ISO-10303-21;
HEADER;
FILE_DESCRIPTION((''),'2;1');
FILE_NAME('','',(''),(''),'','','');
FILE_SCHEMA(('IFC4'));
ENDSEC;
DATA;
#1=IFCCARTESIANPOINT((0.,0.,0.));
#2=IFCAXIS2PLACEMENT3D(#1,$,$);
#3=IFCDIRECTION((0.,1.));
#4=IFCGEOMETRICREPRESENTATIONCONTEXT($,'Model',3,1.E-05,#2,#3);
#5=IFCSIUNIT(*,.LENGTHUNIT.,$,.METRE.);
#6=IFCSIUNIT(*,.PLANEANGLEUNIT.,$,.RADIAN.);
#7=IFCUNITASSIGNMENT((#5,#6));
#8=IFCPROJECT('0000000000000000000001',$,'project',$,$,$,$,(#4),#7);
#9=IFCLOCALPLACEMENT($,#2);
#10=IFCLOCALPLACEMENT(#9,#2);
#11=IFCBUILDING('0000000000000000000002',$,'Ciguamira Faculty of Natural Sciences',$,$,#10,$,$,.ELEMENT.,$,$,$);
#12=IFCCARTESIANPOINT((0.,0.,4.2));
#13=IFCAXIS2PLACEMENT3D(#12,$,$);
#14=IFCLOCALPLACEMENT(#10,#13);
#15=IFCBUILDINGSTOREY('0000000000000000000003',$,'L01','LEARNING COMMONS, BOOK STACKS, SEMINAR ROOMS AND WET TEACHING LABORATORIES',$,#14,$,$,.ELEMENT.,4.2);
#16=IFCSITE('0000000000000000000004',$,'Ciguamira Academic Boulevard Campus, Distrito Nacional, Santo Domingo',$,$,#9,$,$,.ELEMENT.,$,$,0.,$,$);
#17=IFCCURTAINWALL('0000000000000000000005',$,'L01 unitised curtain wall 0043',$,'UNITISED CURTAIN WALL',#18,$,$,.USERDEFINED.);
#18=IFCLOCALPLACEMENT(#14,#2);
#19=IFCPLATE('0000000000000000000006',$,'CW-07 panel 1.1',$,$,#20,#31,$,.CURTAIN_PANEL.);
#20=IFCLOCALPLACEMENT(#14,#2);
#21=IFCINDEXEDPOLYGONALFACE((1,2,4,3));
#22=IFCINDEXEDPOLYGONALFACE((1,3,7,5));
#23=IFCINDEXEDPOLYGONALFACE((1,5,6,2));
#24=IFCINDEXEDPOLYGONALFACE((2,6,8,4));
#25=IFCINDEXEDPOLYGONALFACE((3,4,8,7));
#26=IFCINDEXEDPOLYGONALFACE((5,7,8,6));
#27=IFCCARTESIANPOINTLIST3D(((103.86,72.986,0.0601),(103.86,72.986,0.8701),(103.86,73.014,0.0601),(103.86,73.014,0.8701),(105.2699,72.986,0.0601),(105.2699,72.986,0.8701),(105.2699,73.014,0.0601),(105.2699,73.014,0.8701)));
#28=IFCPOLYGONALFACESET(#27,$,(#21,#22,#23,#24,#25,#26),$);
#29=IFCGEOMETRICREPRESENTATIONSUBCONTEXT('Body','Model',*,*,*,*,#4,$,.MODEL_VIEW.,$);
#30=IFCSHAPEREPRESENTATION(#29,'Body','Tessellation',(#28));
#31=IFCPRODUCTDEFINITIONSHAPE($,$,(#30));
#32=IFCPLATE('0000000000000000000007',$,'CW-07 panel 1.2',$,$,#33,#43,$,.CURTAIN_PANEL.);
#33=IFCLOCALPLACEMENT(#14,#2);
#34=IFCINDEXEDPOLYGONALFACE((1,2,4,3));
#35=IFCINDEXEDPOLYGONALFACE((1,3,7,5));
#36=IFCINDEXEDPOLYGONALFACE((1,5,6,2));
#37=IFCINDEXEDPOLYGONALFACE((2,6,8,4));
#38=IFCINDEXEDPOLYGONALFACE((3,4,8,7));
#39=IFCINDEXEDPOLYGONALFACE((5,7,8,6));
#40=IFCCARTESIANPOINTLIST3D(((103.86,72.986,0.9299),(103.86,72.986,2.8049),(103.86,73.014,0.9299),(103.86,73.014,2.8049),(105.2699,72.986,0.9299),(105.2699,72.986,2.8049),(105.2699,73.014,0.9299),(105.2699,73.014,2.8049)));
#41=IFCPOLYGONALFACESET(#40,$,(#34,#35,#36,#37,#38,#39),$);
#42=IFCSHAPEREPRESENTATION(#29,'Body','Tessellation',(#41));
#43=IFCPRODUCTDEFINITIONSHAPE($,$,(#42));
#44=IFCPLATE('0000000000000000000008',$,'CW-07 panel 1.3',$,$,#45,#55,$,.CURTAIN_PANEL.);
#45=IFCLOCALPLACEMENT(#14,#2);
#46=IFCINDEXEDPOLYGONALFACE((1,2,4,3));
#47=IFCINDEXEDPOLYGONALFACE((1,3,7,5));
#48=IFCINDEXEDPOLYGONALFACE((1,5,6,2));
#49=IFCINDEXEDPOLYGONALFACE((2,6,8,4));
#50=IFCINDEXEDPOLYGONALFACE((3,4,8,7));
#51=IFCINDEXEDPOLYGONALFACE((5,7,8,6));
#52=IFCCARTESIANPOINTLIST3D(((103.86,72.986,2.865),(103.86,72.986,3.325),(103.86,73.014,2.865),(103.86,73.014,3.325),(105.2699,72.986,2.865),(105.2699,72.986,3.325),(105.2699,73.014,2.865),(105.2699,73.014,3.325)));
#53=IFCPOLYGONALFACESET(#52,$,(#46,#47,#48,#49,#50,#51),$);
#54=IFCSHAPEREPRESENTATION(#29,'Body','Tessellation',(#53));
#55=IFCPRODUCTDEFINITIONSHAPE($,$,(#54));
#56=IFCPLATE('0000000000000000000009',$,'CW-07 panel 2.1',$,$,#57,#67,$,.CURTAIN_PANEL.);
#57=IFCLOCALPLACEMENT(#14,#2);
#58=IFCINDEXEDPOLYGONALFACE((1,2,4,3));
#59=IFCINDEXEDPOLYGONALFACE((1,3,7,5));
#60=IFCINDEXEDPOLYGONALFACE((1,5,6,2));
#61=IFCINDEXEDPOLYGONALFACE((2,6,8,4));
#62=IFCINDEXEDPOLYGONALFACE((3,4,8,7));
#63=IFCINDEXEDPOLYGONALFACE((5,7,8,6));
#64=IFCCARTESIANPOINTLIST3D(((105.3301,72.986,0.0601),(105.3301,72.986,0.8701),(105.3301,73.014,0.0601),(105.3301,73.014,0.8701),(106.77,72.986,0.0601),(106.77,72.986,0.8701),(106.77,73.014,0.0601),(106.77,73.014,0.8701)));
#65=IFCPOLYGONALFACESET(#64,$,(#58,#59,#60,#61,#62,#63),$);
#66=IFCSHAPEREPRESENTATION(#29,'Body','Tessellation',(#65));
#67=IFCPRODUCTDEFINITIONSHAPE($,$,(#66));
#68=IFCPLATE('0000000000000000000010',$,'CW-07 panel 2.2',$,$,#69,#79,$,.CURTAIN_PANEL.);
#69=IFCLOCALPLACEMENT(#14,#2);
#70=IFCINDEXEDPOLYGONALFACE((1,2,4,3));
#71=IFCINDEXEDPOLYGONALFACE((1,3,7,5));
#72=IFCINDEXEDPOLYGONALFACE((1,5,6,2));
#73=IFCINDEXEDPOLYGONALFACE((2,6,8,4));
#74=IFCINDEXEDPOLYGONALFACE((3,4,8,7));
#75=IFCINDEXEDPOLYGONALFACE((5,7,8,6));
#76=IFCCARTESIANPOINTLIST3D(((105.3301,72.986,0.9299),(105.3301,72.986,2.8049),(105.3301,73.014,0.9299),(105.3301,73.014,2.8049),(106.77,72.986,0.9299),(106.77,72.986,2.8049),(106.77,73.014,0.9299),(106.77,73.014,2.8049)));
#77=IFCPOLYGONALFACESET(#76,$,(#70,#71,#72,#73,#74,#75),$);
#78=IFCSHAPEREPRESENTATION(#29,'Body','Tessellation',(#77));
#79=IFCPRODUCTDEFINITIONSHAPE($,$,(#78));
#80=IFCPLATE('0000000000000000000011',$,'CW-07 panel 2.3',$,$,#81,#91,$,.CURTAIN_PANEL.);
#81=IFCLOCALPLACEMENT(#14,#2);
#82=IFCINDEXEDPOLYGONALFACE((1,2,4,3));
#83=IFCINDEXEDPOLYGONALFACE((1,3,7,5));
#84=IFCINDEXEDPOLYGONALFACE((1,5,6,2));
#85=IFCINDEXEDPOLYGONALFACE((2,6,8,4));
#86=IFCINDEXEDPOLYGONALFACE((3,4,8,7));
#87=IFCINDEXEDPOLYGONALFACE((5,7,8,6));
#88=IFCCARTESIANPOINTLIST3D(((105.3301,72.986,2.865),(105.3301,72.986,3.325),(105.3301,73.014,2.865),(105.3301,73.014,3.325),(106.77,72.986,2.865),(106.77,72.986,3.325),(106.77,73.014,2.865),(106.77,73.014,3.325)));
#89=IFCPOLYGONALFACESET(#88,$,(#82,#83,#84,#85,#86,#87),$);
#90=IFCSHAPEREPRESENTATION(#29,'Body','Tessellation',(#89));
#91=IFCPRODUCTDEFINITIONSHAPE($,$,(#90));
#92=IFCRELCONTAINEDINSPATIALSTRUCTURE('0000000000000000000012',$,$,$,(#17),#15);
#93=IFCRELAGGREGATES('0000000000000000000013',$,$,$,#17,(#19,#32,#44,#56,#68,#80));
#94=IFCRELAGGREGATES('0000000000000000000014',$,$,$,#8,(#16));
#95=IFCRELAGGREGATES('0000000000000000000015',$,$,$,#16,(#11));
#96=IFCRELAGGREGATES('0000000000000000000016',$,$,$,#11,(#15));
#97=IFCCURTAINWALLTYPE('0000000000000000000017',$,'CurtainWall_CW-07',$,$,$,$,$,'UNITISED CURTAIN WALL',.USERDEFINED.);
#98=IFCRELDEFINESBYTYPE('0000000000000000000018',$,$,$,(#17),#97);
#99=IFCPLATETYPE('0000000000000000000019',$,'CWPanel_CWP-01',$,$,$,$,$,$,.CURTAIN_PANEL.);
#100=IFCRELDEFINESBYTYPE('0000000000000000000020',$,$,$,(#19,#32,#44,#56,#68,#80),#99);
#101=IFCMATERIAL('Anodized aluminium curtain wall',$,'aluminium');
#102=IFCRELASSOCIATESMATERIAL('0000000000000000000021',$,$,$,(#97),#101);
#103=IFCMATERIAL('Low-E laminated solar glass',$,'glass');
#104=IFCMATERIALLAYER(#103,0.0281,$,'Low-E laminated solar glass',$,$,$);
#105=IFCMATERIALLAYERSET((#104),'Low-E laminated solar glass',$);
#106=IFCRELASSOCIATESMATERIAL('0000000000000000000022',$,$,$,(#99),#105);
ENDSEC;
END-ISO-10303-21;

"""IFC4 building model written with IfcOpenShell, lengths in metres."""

from ifc_helpers import new_model, si_unit, direction, frame, origin, origin_2d, place, context, subcontext, project, spatial, rectangle, extrude, material, layer, layer_set, type_object, element, aggregate, save


model = new_model("IFC4")

# Units and contexts
model_context = context("Model", 3, precision=1e-05, world=origin(), true_north=direction((0.0, 1.0)))
body_context = subcontext(model_context, "Body", "Model", "MODEL_VIEW")
ifc_project = project(units=[si_unit("LENGTHUNIT", "METRE"), si_unit("PLANEANGLEUNIT", "RADIAN")], contexts=[model_context])

# Site, building, storey
site_placement = place(None, origin())
site = spatial("IfcSite", under=ifc_project, at=site_placement, Name="Ciguamira Academic Boulevard Campus, Distrito Nacional, Santo Domingo", CompositionType="ELEMENT", RefElevation=0.0)
building_placement = place(site_placement, origin())
building = spatial("IfcBuilding", under=site, at=building_placement, Name="Ciguamira Faculty of Natural Sciences", CompositionType="ELEMENT")
storey_placement = place(building_placement, frame((0.0, 0.0, 4.2)))
storey = spatial("IfcBuildingStorey", under=building, at=storey_placement, Name="L01", Description="LEARNING COMMONS, BOOK STACKS, SEMINAR ROOMS AND WET TEACHING LABORATORIES", CompositionType="ELEMENT", Elevation=4.2)

# Curtain wall
ifc_material_1 = material(Name="Anodized aluminium curtain wall", Category="aluminium")
curtain_wall_type = type_object("IfcCurtainWallType", Name="CurtainWall_CW-07", ElementType="UNITISED CURTAIN WALL", PredefinedType="USERDEFINED", material=ifc_material_1)
curtain_wall_placement = place(storey_placement, origin())
curtain_wall = element("IfcCurtainWall", 1, at=curtain_wall_placement, inside=storey, type_object=curtain_wall_type, Name="L01 unitised curtain wall 0043", ObjectType="UNITISED CURTAIN WALL", PredefinedType="USERDEFINED")

# Plates
ifc_material_2 = material(Name="Low-E laminated solar glass", Category="glass")
ifc_layer = layer(ifc_material_2, 0.0281, Name="Low-E laminated solar glass")
ifc_layer_set = layer_set([ifc_layer], Name="Low-E laminated solar glass")
plate_type = type_object("IfcPlateType", Name="CWPanel_CWP-01", PredefinedType="CURTAIN_PANEL", material=ifc_layer_set)
plate_1_placement = place(storey_placement, frame((104.5649, 73.0, 0.0601), z_axis=(0.0, 0.0, 1.0), x_axis=(1.0, 0.0, 0.0)))
plate_1 = element("IfcPlate", 2, at=plate_1_placement, type_object=plate_type, Name="CW-07 panel 1.1", PredefinedType="CURTAIN_PANEL", context=body_context, shape_type="SweptSolid", body=[
    extrude(rectangle(XDim=1.4099, YDim=0.0281, at=origin_2d()), origin(), (0.0, 0.0, 1.0), 0.8101),
])
plate_2_placement = place(storey_placement, frame((104.5649, 73.0, 0.9299), z_axis=(0.0, 0.0, 1.0), x_axis=(1.0, 0.0, 0.0)))
plate_2 = element("IfcPlate", 3, at=plate_2_placement, type_object=plate_type, Name="CW-07 panel 1.2", PredefinedType="CURTAIN_PANEL", context=body_context, shape_type="SweptSolid", body=[
    extrude(rectangle(XDim=1.4099, YDim=0.0281, at=origin_2d()), origin(), (0.0, 0.0, 1.0), 1.875),
])
plate_3_placement = place(storey_placement, frame((104.5649, 73.0, 2.865), z_axis=(0.0, 0.0, 1.0), x_axis=(1.0, 0.0, 0.0)))
plate_3 = element("IfcPlate", 4, at=plate_3_placement, type_object=plate_type, Name="CW-07 panel 1.3", PredefinedType="CURTAIN_PANEL", context=body_context, shape_type="SweptSolid", body=[
    extrude(rectangle(XDim=1.4099, YDim=0.0281, at=origin_2d()), origin(), (0.0, 0.0, 1.0), 0.46),
])
plate_4_placement = place(storey_placement, frame((106.05, 73.0, 0.0601), z_axis=(0.0, 0.0, 1.0), x_axis=(1.0, 0.0, 0.0)))
plate_4 = element("IfcPlate", 5, at=plate_4_placement, type_object=plate_type, Name="CW-07 panel 2.1", PredefinedType="CURTAIN_PANEL", context=body_context, shape_type="SweptSolid", body=[
    extrude(rectangle(XDim=1.4399, YDim=0.0281, at=origin_2d()), origin(), (0.0, 0.0, 1.0), 0.8101),
])
plate_5_placement = place(storey_placement, frame((106.05, 73.0, 0.9299), z_axis=(0.0, 0.0, 1.0), x_axis=(1.0, 0.0, 0.0)))
plate_5 = element("IfcPlate", 6, at=plate_5_placement, type_object=plate_type, Name="CW-07 panel 2.2", PredefinedType="CURTAIN_PANEL", context=body_context, shape_type="SweptSolid", body=[
    extrude(rectangle(XDim=1.4399, YDim=0.0281, at=origin_2d()), origin(), (0.0, 0.0, 1.0), 1.875),
])
plate_6_placement = place(storey_placement, frame((106.05, 73.0, 2.865), z_axis=(0.0, 0.0, 1.0), x_axis=(1.0, 0.0, 0.0)))
plate_6 = element("IfcPlate", 7, at=plate_6_placement, type_object=plate_type, Name="CW-07 panel 2.3", PredefinedType="CURTAIN_PANEL", context=body_context, shape_type="SweptSolid", body=[
    extrude(rectangle(XDim=1.4399, YDim=0.0281, at=origin_2d()), origin(), (0.0, 0.0, 1.0), 0.46),
])
aggregate(curtain_wall, [plate_1, plate_2, plate_3, plate_4, plate_5, plate_6])

save(model, "model.ifc")
